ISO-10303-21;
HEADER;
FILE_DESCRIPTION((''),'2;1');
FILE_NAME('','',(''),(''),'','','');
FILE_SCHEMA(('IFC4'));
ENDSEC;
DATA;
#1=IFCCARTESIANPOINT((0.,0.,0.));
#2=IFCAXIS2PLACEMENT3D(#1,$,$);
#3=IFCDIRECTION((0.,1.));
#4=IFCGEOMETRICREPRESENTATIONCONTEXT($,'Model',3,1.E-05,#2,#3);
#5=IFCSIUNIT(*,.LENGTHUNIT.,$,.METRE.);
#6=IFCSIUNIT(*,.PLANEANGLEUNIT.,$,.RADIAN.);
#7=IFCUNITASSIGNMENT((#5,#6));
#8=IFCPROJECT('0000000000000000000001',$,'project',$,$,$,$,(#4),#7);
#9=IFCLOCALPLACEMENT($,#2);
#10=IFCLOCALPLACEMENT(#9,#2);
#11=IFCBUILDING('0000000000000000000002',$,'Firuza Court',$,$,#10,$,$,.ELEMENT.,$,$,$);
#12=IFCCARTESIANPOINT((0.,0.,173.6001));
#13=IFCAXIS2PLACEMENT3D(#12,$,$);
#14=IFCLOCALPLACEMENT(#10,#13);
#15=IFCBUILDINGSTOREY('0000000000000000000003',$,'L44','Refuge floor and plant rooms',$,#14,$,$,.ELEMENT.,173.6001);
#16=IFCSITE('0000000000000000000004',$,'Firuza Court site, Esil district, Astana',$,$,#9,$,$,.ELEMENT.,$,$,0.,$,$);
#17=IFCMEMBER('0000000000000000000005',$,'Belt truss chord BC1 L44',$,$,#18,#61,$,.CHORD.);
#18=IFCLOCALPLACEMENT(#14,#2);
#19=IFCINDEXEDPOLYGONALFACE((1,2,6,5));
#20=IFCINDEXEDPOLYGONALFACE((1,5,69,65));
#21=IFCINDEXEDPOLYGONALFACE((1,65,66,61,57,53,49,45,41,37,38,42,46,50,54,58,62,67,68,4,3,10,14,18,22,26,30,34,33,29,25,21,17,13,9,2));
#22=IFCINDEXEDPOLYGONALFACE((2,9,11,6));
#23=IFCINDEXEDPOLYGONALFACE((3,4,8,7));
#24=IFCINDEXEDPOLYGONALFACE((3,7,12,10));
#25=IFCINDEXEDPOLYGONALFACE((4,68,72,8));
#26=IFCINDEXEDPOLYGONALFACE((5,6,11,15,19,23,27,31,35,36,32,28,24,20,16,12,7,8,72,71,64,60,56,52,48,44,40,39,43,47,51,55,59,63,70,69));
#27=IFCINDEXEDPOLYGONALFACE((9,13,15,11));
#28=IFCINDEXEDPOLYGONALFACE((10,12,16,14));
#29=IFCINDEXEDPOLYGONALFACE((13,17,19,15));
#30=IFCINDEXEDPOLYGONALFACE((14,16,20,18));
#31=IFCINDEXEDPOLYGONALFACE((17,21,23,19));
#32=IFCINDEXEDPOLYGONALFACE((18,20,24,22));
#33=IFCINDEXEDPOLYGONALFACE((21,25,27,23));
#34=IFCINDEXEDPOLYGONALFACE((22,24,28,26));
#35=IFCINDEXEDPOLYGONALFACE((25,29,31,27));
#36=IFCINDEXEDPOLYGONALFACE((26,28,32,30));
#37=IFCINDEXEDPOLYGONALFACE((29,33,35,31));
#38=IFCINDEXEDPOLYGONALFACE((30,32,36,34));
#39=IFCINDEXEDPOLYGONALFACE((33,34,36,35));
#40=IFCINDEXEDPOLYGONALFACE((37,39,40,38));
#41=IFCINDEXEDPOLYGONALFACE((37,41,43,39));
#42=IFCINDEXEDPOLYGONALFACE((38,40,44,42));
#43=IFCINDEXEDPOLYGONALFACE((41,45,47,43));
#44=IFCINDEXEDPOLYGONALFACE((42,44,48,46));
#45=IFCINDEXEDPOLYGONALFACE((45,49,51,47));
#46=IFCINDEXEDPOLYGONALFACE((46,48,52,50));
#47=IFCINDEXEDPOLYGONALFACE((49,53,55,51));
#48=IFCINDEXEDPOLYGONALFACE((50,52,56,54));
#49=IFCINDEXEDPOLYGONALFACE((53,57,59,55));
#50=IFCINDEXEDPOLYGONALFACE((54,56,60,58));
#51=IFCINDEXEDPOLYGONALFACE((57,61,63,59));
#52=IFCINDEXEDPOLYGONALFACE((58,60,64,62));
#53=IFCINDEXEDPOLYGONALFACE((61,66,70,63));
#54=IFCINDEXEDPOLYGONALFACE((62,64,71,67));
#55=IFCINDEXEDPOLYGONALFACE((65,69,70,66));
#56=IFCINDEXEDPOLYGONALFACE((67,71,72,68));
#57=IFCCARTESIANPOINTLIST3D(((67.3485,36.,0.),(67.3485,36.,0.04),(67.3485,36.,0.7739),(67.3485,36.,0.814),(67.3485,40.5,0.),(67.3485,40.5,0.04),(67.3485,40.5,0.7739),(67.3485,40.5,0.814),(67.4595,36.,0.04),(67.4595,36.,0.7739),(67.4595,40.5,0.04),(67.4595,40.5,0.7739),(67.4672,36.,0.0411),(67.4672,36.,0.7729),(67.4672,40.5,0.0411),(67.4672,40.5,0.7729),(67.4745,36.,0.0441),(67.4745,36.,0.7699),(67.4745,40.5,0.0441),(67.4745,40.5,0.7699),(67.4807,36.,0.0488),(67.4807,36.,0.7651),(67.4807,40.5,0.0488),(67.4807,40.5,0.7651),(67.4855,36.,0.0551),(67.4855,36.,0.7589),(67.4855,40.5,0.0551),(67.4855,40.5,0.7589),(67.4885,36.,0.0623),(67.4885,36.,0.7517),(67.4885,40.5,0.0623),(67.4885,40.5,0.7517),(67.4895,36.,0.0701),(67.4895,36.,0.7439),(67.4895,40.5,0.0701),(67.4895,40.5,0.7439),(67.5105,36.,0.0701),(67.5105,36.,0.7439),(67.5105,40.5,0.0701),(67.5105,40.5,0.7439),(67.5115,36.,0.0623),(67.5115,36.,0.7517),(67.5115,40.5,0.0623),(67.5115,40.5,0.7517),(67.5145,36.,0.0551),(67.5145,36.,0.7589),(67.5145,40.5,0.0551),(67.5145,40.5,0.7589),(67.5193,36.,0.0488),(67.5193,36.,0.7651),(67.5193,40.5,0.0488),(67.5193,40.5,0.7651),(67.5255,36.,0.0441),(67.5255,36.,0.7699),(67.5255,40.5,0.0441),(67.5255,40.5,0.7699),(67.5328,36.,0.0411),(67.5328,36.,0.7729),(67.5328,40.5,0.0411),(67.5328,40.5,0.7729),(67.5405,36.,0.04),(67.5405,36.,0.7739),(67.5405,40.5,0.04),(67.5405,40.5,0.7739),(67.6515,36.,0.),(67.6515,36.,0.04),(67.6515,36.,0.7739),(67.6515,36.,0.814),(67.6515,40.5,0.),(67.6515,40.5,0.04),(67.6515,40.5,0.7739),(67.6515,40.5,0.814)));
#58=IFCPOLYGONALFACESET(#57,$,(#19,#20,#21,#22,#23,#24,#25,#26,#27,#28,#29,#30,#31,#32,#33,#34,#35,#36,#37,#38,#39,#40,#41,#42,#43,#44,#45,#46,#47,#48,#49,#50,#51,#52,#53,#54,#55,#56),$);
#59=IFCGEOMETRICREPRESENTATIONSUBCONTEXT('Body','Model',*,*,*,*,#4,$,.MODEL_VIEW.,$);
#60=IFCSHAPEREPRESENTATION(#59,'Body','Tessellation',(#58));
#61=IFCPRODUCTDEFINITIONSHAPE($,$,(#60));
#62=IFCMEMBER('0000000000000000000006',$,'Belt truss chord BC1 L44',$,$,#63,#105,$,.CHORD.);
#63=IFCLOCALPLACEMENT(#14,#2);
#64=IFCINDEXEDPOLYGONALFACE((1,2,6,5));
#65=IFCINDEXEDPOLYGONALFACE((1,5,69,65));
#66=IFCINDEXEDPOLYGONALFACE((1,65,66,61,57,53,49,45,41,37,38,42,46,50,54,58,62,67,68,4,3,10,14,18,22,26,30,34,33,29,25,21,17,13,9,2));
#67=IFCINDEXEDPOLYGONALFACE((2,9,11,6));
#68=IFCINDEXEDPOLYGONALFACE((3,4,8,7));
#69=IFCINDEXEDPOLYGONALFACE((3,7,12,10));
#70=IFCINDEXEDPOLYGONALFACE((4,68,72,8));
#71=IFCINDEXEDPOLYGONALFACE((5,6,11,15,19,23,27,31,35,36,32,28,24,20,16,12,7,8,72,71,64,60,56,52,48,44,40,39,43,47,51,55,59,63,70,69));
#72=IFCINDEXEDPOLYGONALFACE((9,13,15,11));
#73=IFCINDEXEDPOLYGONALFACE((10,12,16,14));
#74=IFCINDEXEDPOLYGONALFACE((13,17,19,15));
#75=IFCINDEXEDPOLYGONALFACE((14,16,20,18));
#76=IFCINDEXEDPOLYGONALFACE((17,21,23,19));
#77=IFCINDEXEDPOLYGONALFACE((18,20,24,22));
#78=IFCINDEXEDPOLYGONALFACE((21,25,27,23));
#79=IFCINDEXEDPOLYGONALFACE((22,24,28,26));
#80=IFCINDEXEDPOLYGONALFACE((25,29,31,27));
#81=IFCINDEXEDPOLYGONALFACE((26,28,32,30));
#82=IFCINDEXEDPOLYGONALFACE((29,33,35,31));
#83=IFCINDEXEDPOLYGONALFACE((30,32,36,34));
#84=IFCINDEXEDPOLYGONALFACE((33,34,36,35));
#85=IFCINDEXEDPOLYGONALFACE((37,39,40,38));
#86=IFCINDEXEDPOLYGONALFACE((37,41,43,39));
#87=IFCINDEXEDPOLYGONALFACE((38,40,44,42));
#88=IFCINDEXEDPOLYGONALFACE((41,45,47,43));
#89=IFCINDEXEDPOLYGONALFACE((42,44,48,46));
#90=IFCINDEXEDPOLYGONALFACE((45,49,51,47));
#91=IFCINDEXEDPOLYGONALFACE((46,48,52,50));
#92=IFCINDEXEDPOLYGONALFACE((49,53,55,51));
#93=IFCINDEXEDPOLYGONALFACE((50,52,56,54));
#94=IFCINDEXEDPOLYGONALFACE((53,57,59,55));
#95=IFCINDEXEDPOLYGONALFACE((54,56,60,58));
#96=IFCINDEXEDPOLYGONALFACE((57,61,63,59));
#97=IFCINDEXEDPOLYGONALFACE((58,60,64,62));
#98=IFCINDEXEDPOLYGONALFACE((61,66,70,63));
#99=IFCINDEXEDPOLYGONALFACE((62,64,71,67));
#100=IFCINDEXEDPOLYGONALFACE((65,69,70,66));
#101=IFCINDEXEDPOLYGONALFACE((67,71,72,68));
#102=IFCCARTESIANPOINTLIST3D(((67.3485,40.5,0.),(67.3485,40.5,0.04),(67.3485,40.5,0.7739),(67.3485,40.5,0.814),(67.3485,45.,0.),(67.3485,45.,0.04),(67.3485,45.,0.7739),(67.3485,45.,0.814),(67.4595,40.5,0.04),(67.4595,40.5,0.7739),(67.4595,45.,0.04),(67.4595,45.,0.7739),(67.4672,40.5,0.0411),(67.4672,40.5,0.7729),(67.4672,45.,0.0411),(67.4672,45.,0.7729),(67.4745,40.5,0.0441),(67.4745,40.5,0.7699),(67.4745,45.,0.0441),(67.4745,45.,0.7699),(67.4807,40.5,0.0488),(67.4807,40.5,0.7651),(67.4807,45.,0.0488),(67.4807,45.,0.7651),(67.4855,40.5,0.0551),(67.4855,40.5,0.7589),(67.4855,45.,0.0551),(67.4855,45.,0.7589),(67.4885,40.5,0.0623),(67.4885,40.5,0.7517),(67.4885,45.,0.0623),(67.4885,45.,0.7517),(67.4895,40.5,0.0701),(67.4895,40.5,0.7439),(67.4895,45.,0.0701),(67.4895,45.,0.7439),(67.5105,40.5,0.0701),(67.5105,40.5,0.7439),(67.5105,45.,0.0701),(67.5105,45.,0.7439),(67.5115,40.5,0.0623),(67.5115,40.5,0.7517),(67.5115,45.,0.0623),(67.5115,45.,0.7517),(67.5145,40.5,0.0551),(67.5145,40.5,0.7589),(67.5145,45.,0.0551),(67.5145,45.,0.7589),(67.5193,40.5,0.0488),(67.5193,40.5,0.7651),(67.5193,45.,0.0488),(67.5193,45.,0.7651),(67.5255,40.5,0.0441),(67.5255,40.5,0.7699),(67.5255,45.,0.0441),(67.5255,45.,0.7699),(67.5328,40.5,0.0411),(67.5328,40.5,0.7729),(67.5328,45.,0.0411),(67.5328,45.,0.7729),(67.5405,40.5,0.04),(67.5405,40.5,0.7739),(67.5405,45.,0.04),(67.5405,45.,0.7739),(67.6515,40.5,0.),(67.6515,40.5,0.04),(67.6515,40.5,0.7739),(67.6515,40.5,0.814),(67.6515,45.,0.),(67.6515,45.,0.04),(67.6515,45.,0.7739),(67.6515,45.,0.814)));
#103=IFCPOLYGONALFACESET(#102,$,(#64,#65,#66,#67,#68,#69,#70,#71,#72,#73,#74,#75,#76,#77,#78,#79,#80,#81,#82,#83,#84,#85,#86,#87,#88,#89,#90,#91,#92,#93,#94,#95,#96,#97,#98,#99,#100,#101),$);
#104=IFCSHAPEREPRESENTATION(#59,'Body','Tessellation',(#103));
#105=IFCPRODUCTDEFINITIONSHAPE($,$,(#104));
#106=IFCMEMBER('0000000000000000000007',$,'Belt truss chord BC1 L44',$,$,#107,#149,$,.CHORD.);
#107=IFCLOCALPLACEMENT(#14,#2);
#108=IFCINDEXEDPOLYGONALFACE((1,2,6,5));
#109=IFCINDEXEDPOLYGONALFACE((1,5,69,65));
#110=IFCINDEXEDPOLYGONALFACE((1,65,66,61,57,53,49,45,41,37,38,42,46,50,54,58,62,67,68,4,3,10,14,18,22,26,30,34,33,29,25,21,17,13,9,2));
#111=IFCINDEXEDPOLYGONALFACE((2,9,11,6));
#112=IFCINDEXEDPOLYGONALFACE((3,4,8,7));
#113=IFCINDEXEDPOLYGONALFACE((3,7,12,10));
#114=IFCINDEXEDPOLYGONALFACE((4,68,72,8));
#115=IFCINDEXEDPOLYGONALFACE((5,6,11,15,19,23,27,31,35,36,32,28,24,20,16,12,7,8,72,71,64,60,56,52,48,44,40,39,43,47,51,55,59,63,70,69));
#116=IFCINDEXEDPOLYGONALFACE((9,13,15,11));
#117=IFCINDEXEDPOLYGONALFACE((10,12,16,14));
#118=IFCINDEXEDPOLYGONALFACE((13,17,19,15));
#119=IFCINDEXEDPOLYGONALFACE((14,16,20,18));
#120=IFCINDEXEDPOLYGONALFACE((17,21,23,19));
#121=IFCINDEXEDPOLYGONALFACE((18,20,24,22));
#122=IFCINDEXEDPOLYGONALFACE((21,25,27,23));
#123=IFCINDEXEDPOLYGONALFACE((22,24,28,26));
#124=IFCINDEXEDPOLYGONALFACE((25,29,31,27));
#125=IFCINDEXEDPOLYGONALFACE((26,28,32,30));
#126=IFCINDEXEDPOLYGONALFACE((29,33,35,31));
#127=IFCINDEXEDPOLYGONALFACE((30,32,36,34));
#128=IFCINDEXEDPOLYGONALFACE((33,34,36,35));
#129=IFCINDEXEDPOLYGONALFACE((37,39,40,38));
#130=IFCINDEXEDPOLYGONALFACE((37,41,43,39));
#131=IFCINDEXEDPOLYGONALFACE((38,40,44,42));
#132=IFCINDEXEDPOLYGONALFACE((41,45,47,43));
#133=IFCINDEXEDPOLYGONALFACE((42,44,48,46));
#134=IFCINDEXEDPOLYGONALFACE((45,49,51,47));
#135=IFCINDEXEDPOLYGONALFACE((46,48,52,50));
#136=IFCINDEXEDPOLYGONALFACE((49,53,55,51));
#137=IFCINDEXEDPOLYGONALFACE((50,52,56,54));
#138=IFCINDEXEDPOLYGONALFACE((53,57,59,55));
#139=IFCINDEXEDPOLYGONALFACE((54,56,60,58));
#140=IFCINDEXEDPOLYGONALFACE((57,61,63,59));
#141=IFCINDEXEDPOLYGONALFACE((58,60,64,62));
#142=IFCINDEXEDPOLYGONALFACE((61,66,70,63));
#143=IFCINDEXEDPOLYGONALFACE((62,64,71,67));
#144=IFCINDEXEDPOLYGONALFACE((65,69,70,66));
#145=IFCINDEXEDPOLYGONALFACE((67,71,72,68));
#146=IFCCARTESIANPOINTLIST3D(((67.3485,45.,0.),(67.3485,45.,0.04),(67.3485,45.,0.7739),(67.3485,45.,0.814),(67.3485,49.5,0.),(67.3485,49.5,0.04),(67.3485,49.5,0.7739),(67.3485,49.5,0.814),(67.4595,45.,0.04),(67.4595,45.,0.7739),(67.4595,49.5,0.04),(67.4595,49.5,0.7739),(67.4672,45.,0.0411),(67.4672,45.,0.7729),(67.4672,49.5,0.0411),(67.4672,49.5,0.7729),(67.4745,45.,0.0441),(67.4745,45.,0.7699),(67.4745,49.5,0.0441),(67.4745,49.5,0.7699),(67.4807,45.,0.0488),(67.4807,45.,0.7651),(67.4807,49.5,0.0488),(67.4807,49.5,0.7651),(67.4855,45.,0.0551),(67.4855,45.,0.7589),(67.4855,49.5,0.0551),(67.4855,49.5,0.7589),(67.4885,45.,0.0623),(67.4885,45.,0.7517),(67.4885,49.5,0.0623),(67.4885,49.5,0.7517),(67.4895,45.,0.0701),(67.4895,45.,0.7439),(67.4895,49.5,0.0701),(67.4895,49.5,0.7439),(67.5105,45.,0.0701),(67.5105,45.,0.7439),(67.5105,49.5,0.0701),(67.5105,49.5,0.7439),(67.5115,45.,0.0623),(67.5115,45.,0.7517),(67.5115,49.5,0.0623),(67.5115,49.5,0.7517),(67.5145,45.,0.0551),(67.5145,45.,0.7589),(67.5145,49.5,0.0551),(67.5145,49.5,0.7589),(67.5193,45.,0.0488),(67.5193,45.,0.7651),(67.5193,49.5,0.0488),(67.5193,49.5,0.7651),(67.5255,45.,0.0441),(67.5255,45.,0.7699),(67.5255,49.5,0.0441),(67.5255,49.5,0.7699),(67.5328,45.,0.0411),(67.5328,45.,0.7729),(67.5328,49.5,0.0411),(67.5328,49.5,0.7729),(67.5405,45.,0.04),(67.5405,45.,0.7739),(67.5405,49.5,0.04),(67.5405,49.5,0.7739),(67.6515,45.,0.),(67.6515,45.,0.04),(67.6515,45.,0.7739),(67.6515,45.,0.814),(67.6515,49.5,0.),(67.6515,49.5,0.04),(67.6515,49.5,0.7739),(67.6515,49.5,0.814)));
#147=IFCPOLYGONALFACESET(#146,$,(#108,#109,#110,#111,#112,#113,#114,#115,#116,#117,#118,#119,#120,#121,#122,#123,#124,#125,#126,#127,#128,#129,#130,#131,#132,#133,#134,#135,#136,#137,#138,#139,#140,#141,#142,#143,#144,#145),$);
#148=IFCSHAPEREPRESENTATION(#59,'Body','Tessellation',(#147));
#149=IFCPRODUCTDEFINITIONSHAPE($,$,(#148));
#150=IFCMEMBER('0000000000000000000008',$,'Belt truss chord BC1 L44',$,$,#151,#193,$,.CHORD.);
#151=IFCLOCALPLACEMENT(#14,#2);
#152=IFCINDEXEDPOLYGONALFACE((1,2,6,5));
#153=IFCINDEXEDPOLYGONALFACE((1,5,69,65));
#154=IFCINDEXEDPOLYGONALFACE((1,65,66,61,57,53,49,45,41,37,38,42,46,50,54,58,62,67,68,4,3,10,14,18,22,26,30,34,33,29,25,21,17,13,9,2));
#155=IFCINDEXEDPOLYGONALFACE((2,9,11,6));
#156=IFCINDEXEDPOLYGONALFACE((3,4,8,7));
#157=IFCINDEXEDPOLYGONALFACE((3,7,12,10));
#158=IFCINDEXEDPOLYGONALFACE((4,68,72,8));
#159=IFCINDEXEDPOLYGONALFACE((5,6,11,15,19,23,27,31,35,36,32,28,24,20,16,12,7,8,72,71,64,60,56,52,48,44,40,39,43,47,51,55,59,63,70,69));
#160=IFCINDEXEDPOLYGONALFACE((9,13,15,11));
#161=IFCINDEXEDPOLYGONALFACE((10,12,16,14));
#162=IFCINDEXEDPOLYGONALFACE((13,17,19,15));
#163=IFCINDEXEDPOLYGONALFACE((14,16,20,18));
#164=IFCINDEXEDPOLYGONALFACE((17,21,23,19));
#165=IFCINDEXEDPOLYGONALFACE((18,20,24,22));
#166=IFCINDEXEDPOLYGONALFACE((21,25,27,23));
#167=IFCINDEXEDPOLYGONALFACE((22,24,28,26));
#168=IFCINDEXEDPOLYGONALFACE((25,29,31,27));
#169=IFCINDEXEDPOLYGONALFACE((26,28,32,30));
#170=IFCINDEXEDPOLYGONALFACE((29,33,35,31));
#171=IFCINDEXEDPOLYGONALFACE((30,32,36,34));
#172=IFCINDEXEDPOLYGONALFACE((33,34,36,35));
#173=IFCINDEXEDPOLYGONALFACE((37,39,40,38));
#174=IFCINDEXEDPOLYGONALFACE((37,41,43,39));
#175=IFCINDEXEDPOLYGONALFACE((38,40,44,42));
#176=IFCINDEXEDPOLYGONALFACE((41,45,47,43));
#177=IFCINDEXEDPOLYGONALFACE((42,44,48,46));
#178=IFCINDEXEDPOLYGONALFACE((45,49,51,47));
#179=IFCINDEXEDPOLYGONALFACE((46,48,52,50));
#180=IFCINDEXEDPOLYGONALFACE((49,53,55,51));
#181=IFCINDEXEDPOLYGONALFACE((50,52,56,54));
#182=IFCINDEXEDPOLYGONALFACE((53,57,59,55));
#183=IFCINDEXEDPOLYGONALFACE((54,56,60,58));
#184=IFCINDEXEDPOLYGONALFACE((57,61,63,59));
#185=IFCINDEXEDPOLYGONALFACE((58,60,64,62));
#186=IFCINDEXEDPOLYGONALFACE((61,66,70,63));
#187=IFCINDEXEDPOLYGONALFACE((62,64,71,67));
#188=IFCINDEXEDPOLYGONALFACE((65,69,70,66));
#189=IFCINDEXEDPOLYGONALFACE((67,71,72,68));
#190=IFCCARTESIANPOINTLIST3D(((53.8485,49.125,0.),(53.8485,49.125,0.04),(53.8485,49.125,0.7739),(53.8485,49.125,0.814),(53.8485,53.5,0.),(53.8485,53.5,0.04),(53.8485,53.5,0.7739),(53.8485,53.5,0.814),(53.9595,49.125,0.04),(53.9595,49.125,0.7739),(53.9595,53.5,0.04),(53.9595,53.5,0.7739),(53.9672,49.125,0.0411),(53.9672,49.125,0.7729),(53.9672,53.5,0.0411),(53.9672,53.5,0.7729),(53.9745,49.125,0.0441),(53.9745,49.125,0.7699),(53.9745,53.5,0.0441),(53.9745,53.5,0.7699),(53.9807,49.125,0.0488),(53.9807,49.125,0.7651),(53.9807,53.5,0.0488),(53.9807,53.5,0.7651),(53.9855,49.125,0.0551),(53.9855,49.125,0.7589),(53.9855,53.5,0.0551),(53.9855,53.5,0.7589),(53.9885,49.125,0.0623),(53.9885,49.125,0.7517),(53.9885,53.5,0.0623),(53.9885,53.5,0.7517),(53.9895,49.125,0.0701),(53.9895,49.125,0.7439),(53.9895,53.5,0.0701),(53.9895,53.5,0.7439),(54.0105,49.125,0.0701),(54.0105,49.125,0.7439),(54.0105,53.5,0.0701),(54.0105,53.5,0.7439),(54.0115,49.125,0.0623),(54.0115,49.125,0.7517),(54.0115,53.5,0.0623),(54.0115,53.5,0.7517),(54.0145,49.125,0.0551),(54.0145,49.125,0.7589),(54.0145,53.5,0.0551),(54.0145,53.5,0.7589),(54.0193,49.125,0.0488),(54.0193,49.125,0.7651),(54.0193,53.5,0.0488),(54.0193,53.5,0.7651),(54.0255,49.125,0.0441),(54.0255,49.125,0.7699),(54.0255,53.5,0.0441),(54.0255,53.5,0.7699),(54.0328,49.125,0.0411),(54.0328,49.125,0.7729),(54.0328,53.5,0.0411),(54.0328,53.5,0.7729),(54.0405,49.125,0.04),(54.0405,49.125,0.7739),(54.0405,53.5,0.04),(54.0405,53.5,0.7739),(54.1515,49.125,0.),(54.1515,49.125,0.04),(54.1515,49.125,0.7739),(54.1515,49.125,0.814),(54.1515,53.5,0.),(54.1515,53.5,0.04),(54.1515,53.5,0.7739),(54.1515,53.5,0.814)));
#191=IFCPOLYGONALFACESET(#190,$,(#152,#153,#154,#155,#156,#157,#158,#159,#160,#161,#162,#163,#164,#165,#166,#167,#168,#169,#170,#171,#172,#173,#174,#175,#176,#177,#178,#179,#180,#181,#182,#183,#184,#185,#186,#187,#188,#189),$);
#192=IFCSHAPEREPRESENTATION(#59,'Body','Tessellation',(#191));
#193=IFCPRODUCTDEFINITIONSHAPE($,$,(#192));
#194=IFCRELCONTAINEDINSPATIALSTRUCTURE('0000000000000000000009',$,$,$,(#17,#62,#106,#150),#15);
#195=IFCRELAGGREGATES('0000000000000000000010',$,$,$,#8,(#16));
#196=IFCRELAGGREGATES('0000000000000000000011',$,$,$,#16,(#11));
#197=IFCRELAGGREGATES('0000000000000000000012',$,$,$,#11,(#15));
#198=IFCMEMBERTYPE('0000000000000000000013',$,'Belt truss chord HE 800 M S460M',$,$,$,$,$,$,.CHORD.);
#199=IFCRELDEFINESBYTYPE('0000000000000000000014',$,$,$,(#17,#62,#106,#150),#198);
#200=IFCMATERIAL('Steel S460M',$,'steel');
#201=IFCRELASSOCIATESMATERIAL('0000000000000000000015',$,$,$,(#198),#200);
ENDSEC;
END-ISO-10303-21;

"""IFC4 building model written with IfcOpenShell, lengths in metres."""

from ifc_helpers import new_model, si_unit, direction, frame, origin, origin_2d, place, context, subcontext, project, spatial, i_section, extrude, material, material_profile, profile_set, type_object, element, save


model = new_model("IFC4")

# Units and contexts
model_context = context("Model", 3, precision=1e-05, world=origin(), true_north=direction((0.0, 1.0)))
body_context = subcontext(model_context, "Body", "Model", "MODEL_VIEW")
ifc_project = project(units=[si_unit("LENGTHUNIT", "METRE"), si_unit("PLANEANGLEUNIT", "RADIAN")], contexts=[model_context])

# Site, building, storey
site_placement = place(None, origin())
site = spatial("IfcSite", under=ifc_project, at=site_placement, Name="Firuza Court site, Esil district, Astana", CompositionType="ELEMENT", RefElevation=0.0)
building_placement = place(site_placement, origin())
building = spatial("IfcBuilding", under=site, at=building_placement, Name="Firuza Court", CompositionType="ELEMENT")
storey_placement = place(building_placement, frame((0.0, 0.0, 173.6001)))
storey = spatial("IfcBuildingStorey", under=building, at=storey_placement, Name="L44", Description="Refuge floor and plant rooms", CompositionType="ELEMENT", Elevation=173.6001)

# Members
ifc_material_1 = material(Name="Steel S460M", Category="steel")
ifc_material_profile_1 = material_profile(ifc_material_1, i_section(OverallWidth=0.303, OverallDepth=0.814, WebThickness=0.021, FlangeThickness=0.04, FilletRadius=0.03, at=origin_2d()), Name="HE 800 M")
ifc_profile_set_1 = profile_set([ifc_material_profile_1], Name="Steel S460M")
member_type_1 = type_object("IfcMemberType", Name="Belt truss chord HE 800 M S460M", PredefinedType="CHORD", material=ifc_profile_set_1)
for number, where, z_axis, x_axis, name in (
    (1, (67.5, 36.0, 0.407), (0.0, 1.0, 0.0), (-1.0, 0.0, 0.0), "Belt truss chord BC1 L44"),
    (2, (67.5, 40.5, 0.407), (0.0, 1.0, 0.0), (-1.0, 0.0, 0.0), "Belt truss chord BC1 L44"),
    (3, (67.5, 45.0, 0.407), (0.0, 1.0, 0.0), (-1.0, 0.0, 0.0), "Belt truss chord BC1 L44"),
):
    element("IfcMember", number, at=place(storey_placement, frame(where, z_axis=z_axis, x_axis=x_axis)), inside=storey, type_object=member_type_1, Name=name, PredefinedType="CHORD", context=body_context, shape_type="SweptSolid", body=[
        extrude(i_section(OverallWidth=0.303, OverallDepth=0.814, WebThickness=0.021, FlangeThickness=0.04, FilletRadius=0.03, at=origin_2d()), origin(), (0.0, 0.0, 1.0), 4.5),
    ])
for number, where, z_axis, x_axis, name in (
    (4, (54.0, 49.125, 0.407), (0.0, 1.0, 0.0), (-1.0, 0.0, 0.0), "Belt truss chord BC1 L44"),
):
    element("IfcMember", number, at=place(storey_placement, frame(where, z_axis=z_axis, x_axis=x_axis)), inside=storey, type_object=member_type_1, Name=name, PredefinedType="CHORD", context=body_context, shape_type="SweptSolid", body=[
        extrude(i_section(OverallWidth=0.303, OverallDepth=0.814, WebThickness=0.021, FlangeThickness=0.04, FilletRadius=0.03, at=origin_2d()), origin(), (0.0, 0.0, 1.0), 4.375),
    ])

save(model, "model.ifc")
